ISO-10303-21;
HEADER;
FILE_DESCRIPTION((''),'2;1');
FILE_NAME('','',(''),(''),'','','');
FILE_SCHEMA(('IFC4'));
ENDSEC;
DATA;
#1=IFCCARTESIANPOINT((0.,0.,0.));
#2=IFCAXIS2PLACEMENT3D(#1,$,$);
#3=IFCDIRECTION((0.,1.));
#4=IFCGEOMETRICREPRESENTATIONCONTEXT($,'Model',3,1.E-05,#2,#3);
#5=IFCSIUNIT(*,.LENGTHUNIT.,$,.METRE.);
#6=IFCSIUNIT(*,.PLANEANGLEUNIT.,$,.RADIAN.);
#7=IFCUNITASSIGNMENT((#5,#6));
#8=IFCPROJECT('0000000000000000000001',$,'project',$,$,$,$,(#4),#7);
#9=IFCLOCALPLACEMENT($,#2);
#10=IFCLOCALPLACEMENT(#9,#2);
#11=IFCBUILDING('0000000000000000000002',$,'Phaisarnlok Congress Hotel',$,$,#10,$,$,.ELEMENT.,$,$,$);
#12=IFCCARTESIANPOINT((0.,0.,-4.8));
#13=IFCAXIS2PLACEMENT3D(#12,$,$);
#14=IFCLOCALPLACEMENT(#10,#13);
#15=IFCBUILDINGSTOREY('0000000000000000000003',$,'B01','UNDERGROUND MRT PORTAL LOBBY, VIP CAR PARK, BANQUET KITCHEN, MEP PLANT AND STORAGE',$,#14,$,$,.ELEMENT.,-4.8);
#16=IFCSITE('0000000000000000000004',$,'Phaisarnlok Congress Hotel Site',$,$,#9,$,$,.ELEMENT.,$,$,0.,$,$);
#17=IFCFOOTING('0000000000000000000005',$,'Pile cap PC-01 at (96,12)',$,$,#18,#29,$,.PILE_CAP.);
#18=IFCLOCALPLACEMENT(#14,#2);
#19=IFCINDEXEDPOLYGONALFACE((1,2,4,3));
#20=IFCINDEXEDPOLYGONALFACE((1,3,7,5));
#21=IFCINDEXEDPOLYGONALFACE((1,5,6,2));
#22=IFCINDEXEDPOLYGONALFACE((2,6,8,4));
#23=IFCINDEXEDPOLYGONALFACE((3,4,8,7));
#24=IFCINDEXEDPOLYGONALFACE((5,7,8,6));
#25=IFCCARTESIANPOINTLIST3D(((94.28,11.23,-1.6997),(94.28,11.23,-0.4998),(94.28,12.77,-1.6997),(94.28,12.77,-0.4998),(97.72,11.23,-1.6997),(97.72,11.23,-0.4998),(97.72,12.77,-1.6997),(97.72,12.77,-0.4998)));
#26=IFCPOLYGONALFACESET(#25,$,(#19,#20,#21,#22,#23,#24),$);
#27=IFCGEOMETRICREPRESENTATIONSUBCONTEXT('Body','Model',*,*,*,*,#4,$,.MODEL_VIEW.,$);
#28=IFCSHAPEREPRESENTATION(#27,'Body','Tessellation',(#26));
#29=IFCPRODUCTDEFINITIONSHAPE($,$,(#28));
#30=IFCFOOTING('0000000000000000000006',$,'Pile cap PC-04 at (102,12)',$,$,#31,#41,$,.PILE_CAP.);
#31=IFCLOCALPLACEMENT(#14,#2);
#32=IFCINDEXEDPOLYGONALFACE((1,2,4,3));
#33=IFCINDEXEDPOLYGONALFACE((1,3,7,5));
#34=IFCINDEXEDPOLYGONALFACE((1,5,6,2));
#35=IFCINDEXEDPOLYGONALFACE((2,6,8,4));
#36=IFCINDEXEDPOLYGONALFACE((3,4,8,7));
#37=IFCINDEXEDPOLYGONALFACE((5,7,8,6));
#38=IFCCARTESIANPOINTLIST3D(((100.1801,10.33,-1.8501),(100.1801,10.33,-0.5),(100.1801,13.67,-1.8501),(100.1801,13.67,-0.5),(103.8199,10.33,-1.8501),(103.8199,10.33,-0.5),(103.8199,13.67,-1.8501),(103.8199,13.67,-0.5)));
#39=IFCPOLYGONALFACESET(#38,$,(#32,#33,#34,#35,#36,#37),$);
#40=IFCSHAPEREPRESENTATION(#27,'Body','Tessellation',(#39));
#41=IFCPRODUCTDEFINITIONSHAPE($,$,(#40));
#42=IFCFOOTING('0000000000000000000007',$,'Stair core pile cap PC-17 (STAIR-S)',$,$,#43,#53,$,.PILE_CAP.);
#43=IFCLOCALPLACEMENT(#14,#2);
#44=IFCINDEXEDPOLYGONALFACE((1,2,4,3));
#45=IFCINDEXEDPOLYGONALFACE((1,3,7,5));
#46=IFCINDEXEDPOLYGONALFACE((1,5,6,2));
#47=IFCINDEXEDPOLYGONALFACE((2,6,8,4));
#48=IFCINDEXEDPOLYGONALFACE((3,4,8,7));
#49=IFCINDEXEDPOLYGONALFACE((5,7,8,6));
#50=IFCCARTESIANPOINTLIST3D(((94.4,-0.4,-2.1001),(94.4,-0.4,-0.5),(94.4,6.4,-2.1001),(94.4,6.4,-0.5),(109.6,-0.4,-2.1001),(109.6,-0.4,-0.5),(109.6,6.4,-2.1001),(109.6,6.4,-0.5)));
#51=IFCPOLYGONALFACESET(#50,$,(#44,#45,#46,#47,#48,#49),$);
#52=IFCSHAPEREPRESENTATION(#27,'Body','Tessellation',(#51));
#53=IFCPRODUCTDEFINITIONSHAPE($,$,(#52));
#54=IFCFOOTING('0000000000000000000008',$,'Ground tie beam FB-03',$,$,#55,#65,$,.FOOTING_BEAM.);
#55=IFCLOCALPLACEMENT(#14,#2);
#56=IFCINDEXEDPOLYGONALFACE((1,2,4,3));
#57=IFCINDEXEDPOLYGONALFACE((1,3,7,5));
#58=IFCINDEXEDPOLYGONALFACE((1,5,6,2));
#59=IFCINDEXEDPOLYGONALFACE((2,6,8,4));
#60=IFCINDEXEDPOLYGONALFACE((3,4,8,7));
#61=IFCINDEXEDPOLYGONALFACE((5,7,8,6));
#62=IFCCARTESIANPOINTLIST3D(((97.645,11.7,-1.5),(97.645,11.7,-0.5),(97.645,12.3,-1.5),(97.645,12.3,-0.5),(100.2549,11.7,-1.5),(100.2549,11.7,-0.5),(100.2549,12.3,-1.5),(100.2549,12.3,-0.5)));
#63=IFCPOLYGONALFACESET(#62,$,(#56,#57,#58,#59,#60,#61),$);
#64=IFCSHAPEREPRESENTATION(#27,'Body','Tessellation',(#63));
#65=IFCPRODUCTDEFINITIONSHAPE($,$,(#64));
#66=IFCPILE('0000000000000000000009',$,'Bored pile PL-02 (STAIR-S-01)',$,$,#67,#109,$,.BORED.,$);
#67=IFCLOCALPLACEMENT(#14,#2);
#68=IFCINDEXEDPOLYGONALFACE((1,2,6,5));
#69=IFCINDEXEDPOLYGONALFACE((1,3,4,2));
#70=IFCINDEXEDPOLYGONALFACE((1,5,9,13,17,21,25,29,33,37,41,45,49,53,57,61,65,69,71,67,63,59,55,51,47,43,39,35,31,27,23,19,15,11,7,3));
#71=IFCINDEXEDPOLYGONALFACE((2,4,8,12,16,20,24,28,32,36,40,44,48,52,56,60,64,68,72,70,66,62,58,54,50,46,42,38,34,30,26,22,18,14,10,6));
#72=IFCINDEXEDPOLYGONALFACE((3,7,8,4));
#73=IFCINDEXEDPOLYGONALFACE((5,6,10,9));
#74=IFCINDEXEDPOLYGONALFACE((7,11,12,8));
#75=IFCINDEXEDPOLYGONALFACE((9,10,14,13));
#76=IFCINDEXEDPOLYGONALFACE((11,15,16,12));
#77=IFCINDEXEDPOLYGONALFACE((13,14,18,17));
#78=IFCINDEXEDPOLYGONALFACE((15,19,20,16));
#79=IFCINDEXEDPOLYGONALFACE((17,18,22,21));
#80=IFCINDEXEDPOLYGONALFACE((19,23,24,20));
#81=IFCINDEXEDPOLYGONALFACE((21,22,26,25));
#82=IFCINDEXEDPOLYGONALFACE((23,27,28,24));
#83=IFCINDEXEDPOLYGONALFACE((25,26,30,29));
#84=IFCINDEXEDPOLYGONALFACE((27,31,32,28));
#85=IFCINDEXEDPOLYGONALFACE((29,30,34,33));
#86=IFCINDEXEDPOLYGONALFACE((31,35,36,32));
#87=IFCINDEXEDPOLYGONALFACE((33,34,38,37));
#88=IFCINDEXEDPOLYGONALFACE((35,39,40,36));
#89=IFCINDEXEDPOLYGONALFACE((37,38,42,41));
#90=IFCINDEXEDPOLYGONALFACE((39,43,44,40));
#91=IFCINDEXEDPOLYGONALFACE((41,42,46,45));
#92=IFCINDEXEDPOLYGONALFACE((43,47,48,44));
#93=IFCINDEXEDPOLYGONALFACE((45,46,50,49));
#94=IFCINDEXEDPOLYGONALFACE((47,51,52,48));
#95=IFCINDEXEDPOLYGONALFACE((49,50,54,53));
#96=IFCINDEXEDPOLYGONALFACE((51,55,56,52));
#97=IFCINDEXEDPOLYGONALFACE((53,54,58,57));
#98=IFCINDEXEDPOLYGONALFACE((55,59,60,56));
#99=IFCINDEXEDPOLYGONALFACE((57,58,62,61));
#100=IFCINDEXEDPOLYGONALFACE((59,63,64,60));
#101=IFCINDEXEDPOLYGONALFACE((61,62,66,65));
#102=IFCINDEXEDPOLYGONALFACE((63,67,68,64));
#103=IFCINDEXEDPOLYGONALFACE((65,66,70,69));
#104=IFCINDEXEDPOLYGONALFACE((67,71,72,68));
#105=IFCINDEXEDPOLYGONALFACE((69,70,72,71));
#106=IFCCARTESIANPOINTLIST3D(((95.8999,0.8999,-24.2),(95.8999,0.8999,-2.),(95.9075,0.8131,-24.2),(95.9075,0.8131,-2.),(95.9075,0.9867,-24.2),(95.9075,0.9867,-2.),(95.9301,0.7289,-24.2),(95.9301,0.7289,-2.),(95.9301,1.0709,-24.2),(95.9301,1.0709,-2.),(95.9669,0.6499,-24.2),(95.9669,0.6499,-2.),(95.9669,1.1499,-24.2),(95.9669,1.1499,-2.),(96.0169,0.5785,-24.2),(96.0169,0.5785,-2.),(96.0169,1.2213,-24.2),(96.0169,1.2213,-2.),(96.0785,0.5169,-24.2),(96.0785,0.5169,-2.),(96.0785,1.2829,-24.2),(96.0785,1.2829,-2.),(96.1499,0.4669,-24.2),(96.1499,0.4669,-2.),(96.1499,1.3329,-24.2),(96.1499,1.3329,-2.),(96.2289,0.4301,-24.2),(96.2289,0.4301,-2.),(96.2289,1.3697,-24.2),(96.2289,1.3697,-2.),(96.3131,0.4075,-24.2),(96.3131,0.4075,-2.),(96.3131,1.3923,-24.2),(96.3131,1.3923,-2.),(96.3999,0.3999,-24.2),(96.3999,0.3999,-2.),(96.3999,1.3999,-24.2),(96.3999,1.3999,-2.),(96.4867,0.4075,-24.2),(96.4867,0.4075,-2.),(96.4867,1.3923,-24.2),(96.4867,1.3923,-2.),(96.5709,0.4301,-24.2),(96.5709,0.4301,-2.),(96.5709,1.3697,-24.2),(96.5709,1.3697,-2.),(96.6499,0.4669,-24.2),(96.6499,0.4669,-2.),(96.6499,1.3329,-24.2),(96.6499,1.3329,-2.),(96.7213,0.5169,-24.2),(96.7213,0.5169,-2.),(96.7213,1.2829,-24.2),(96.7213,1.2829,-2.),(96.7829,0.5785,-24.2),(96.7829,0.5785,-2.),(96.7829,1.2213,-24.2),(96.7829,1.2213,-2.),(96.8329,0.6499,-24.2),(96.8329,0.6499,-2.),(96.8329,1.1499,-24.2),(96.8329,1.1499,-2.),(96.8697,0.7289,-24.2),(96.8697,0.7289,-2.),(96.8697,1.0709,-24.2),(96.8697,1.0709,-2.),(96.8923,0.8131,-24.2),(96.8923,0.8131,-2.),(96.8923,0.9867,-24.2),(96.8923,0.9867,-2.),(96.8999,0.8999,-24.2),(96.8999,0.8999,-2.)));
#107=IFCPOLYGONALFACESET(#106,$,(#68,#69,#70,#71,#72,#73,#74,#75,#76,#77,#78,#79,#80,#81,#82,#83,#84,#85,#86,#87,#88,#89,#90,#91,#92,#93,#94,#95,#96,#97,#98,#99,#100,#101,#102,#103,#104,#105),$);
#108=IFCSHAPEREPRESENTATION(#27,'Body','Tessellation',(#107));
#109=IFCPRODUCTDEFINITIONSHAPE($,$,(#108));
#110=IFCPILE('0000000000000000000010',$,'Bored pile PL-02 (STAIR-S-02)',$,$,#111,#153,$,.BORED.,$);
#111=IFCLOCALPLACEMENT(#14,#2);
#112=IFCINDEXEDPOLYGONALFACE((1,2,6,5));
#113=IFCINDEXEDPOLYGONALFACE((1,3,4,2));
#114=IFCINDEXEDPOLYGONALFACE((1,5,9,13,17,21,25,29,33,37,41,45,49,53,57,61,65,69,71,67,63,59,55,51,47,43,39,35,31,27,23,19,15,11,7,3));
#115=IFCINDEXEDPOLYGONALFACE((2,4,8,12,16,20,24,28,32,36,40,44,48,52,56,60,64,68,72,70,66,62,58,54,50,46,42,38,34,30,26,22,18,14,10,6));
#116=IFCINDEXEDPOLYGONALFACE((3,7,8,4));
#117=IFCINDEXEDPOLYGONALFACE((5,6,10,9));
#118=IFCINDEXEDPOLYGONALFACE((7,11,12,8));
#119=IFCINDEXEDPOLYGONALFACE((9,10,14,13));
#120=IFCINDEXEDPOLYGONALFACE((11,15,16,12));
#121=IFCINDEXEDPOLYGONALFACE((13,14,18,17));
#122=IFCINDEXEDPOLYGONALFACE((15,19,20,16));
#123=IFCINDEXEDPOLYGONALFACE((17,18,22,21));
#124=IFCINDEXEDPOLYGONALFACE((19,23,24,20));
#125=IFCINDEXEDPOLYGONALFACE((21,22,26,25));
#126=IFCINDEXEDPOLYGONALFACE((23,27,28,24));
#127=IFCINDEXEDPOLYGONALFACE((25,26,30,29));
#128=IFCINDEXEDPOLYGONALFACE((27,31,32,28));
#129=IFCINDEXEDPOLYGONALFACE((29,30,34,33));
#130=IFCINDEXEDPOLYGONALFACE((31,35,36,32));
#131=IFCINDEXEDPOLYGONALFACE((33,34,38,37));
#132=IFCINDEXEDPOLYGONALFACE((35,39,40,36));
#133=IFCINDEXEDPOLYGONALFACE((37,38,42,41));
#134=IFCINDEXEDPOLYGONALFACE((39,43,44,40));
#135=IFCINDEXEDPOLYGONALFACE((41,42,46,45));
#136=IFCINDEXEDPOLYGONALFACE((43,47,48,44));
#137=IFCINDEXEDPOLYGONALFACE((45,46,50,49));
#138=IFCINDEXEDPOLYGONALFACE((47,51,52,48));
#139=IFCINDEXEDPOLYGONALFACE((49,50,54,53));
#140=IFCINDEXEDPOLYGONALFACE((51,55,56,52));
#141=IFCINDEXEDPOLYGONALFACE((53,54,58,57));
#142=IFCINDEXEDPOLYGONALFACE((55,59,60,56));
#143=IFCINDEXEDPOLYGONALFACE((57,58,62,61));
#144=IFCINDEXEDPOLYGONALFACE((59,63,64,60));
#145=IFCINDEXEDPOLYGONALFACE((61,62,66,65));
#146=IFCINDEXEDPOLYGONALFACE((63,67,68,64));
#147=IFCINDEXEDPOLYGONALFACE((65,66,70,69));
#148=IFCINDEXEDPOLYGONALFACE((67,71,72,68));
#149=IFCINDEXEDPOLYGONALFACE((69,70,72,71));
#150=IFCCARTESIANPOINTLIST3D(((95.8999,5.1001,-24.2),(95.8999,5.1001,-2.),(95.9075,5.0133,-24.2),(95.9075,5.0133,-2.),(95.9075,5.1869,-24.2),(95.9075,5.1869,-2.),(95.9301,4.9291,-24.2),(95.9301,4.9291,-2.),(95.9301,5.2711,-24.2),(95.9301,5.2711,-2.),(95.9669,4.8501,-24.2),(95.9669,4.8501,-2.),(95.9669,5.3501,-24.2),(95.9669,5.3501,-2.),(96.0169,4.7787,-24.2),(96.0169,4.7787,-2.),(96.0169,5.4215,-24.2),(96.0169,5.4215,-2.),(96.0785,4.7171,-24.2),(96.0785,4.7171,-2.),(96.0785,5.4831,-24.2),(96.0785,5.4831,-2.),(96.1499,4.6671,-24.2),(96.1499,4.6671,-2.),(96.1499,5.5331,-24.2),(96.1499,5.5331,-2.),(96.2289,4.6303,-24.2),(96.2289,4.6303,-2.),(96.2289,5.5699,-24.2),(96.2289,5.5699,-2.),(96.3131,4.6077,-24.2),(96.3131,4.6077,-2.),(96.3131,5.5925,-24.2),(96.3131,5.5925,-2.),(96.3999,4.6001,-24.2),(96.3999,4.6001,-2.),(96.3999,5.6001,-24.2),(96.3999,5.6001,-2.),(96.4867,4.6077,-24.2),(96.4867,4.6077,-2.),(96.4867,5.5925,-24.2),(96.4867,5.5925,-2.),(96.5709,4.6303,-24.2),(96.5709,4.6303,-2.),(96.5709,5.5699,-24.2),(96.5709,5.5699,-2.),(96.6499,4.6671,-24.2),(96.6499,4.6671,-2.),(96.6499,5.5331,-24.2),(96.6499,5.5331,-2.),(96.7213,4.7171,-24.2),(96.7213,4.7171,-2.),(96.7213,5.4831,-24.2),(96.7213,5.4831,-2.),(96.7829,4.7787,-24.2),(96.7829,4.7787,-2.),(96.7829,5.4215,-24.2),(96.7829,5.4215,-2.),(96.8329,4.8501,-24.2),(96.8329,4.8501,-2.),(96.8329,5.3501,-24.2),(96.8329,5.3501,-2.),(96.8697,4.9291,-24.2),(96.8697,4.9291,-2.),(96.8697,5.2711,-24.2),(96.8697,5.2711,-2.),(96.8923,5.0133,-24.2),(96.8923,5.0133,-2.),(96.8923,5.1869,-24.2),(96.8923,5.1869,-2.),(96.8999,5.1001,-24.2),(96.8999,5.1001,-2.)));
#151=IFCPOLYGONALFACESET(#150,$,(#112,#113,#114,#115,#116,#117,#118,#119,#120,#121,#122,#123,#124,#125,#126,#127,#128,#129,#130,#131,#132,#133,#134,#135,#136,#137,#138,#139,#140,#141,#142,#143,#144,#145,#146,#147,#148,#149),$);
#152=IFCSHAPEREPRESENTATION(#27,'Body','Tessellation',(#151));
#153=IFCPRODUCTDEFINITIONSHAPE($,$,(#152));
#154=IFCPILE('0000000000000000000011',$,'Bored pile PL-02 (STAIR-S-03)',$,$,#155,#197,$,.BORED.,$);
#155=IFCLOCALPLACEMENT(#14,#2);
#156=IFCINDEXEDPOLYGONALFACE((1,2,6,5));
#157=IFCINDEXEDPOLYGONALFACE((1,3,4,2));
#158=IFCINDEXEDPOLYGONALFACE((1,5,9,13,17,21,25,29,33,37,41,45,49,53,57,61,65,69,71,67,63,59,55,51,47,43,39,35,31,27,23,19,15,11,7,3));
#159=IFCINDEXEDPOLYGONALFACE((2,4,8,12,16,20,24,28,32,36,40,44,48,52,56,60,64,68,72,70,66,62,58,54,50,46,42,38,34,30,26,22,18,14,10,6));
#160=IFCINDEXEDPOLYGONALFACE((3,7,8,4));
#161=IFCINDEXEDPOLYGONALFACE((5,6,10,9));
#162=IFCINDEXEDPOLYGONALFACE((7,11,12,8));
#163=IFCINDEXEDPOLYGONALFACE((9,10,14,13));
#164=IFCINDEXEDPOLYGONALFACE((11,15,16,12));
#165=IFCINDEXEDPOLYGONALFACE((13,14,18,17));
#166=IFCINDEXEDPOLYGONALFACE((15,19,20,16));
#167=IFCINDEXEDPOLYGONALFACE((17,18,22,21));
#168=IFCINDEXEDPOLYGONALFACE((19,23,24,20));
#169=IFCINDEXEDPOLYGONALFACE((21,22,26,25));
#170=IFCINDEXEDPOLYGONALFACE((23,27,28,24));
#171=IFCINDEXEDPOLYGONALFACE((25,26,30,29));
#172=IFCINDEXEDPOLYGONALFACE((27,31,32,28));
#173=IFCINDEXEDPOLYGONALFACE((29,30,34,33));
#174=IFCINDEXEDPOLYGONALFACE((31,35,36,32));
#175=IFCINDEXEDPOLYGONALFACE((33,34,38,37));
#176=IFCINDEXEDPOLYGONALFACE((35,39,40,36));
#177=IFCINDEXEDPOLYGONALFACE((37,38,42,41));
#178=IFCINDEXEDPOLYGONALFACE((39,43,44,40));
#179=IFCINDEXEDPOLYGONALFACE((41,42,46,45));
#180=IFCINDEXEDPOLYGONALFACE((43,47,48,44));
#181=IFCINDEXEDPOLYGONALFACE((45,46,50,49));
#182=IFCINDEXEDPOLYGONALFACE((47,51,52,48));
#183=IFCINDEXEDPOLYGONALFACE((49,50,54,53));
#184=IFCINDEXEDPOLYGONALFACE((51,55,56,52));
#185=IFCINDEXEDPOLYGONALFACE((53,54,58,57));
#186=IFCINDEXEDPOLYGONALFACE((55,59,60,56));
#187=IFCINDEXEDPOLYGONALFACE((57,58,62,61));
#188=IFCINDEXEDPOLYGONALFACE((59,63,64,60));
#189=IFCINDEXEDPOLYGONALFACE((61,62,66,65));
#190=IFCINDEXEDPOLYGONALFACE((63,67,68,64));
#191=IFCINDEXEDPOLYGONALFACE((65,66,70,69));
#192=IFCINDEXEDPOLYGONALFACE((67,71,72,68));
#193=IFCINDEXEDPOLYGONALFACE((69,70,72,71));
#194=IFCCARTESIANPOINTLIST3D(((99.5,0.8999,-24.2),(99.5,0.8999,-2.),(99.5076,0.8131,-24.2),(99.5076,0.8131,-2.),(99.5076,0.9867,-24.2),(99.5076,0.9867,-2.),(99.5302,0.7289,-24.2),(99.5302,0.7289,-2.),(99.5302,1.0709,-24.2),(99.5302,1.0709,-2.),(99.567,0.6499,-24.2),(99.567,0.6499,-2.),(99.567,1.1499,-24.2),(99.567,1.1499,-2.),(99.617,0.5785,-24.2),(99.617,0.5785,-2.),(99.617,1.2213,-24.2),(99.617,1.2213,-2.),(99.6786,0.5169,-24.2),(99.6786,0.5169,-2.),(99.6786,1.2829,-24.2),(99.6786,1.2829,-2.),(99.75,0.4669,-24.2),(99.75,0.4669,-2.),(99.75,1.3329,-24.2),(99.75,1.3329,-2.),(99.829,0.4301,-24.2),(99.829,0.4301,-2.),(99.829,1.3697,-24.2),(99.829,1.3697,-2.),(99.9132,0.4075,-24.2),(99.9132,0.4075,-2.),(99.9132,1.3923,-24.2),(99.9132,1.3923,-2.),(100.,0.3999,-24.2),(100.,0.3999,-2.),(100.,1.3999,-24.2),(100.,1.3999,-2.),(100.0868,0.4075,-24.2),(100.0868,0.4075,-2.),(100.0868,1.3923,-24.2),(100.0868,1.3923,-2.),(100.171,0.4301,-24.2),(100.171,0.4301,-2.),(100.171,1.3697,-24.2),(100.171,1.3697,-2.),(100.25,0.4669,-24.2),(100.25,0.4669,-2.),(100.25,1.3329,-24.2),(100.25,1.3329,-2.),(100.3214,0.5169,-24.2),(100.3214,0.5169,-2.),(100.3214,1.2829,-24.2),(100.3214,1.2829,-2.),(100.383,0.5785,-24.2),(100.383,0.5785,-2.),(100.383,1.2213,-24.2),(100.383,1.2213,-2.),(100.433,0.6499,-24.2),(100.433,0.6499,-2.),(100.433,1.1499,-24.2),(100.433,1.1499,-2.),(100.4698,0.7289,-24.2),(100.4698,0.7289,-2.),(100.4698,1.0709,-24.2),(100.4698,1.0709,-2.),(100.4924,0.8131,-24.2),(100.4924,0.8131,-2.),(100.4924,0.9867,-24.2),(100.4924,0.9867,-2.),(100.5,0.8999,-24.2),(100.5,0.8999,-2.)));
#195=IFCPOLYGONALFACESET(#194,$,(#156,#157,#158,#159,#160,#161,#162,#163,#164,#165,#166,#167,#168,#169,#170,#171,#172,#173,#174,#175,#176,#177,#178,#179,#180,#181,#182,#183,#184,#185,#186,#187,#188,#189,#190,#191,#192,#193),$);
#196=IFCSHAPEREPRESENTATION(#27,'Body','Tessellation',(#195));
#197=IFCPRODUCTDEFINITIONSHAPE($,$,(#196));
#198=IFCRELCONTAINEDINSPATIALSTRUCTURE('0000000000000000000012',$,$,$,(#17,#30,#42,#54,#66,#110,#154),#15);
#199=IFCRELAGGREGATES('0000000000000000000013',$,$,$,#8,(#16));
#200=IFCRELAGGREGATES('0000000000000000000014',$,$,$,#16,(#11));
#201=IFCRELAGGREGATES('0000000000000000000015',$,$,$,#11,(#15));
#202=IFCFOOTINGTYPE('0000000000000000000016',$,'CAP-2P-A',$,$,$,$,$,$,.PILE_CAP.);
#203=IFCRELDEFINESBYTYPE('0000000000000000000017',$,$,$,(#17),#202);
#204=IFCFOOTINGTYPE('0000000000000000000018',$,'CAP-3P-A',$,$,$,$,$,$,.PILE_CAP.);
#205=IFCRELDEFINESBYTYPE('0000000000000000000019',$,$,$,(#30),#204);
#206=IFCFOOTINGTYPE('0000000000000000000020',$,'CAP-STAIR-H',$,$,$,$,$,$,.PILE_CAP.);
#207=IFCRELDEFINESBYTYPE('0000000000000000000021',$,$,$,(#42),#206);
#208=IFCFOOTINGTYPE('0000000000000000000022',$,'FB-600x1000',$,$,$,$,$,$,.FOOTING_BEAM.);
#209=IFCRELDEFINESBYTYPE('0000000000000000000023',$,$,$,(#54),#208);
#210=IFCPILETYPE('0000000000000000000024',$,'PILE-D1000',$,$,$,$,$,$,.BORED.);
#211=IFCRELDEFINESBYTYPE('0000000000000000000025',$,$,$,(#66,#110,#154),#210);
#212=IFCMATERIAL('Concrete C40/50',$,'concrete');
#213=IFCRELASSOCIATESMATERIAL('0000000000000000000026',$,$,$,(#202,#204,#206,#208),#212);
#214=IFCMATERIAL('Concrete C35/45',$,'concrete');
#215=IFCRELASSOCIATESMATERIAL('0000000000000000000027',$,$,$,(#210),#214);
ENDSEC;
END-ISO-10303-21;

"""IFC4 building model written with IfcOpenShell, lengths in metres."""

from ifc_helpers import new_model, si_unit, direction, frame, origin, origin_2d, place, context, subcontext, project, spatial, rectangle, circle, extrude, material, material_profile, profile_set, type_object, element, save


model = new_model("IFC4")

# Units and contexts
model_context = context("Model", 3, precision=1e-05, world=origin(), true_north=direction((0.0, 1.0)))
body_context = subcontext(model_context, "Body", "Model", "MODEL_VIEW")
ifc_project = project(units=[si_unit("LENGTHUNIT", "METRE"), si_unit("PLANEANGLEUNIT", "RADIAN")], contexts=[model_context])

# Site, building, storey
site_placement = place(None, origin())
site = spatial("IfcSite", under=ifc_project, at=site_placement, Name="Phaisarnlok Congress Hotel Site", CompositionType="ELEMENT", RefElevation=0.0)
building_placement = place(site_placement, origin())
building = spatial("IfcBuilding", under=site, at=building_placement, Name="Phaisarnlok Congress Hotel", CompositionType="ELEMENT")
storey_placement = place(building_placement, frame((0.0, 0.0, -4.8)))
storey = spatial("IfcBuildingStorey", under=building, at=storey_placement, Name="B01", Description="UNDERGROUND MRT PORTAL LOBBY, VIP CAR PARK, BANQUET KITCHEN, MEP PLANT AND STORAGE", CompositionType="ELEMENT", Elevation=-4.8)

# Footings
ifc_material_1 = material(Name="Concrete C40/50", Category="concrete")
footing_type_1 = type_object("IfcFootingType", Name="CAP-2P-A", PredefinedType="PILE_CAP", material=ifc_material_1)
footing_1_placement = place(storey_placement, frame((96.0, 12.0, -1.6997), z_axis=(0.0, 0.0, 1.0), x_axis=(1.0, 0.0, 0.0)))
element("IfcFooting", 1, at=footing_1_placement, inside=storey, type_object=footing_type_1, Name="Pile cap PC-01 at (96,12)", PredefinedType="PILE_CAP", context=body_context, shape_type="SweptSolid", body=[
    extrude(rectangle(XDim=3.4399, YDim=1.54, at=origin_2d()), origin(), (0.0, 0.0, 1.0), 1.2),
])
footing_type_2 = type_object("IfcFootingType", Name="CAP-3P-A", PredefinedType="PILE_CAP", material=ifc_material_1)
footing_2_placement = place(storey_placement, frame((102.0, 12.0, -1.8501), z_axis=(0.0, 0.0, 1.0), x_axis=(1.0, 0.0, 0.0)))
element("IfcFooting", 2, at=footing_2_placement, inside=storey, type_object=footing_type_2, Name="Pile cap PC-04 at (102,12)", PredefinedType="PILE_CAP", context=body_context, shape_type="SweptSolid", body=[
    extrude(rectangle(XDim=3.6399, YDim=3.3401, at=origin_2d()), origin(), (0.0, 0.0, 1.0), 1.3501),
])
footing_type_3 = type_object("IfcFootingType", Name="CAP-STAIR-H", PredefinedType="PILE_CAP", material=ifc_material_1)
footing_3_placement = place(storey_placement, frame((102.0, 3.0, -2.1001), z_axis=(0.0, 0.0, 1.0), x_axis=(1.0, 0.0, 0.0)))
element("IfcFooting", 3, at=footing_3_placement, inside=storey, type_object=footing_type_3, Name="Stair core pile cap PC-17 (STAIR-S)", PredefinedType="PILE_CAP", context=body_context, shape_type="SweptSolid", body=[
    extrude(rectangle(XDim=15.2, YDim=6.8, at=origin_2d()), origin(), (0.0, 0.0, 1.0), 1.6001),
])
ifc_material_profile_1 = material_profile(ifc_material_1, rectangle(XDim=0.6001, YDim=1.0, at=origin_2d()), Name="FB-600x1000")
ifc_profile_set_1 = profile_set([ifc_material_profile_1], Name="Concrete C40/50")
footing_type_4 = type_object("IfcFootingType", Name="FB-600x1000", PredefinedType="FOOTING_BEAM", material=ifc_profile_set_1)
footing_4_placement = place(storey_placement, frame((97.645, 12.0, -1.0), z_axis=(1.0, 0.0, 0.0), x_axis=(0.0, 1.0, 0.0)))
element("IfcFooting", 4, at=footing_4_placement, inside=storey, type_object=footing_type_4, Name="Ground tie beam FB-03", PredefinedType="FOOTING_BEAM", context=body_context, shape_type="SweptSolid", body=[
    extrude(rectangle(XDim=0.6001, YDim=1.0, at=origin_2d()), origin(), (0.0, 0.0, 1.0), 2.6099),
])

# Piles
ifc_material_2 = material(Name="Concrete C35/45", Category="concrete")
ifc_material_profile_2 = material_profile(ifc_material_2, circle(Radius=0.5, at=origin_2d()), Name="BORED PILE D1000")
ifc_profile_set_2 = profile_set([ifc_material_profile_2], Name="Concrete C35/45")
pile_type_1 = type_object("IfcPileType", Name="PILE-D1000", PredefinedType="BORED", material=ifc_profile_set_2)
for number, where, z_axis, x_axis, name in (
    (5, (96.3999, 0.8999, -2.0), (0.0, 0.0, -1.0), (1.0, 0.0, 0.0), "Bored pile PL-02 (STAIR-S-01)"),
    (6, (96.3999, 5.1001, -2.0), (0.0, 0.0, -1.0), (1.0, 0.0, 0.0), "Bored pile PL-02 (STAIR-S-02)"),
    (7, (100.0, 0.8999, -2.0), (0.0, 0.0, -1.0), (1.0, 0.0, 0.0), "Bored pile PL-02 (STAIR-S-03)"),
):
    element("IfcPile", number, at=place(storey_placement, frame(where, z_axis=z_axis, x_axis=x_axis)), inside=storey, type_object=pile_type_1, Name=name, PredefinedType="BORED", context=body_context, shape_type="SweptSolid", body=[
        extrude(circle(Radius=0.5, at=origin_2d()), origin(), (0.0, 0.0, 1.0), 22.2),
    ])

save(model, "model.ifc")
